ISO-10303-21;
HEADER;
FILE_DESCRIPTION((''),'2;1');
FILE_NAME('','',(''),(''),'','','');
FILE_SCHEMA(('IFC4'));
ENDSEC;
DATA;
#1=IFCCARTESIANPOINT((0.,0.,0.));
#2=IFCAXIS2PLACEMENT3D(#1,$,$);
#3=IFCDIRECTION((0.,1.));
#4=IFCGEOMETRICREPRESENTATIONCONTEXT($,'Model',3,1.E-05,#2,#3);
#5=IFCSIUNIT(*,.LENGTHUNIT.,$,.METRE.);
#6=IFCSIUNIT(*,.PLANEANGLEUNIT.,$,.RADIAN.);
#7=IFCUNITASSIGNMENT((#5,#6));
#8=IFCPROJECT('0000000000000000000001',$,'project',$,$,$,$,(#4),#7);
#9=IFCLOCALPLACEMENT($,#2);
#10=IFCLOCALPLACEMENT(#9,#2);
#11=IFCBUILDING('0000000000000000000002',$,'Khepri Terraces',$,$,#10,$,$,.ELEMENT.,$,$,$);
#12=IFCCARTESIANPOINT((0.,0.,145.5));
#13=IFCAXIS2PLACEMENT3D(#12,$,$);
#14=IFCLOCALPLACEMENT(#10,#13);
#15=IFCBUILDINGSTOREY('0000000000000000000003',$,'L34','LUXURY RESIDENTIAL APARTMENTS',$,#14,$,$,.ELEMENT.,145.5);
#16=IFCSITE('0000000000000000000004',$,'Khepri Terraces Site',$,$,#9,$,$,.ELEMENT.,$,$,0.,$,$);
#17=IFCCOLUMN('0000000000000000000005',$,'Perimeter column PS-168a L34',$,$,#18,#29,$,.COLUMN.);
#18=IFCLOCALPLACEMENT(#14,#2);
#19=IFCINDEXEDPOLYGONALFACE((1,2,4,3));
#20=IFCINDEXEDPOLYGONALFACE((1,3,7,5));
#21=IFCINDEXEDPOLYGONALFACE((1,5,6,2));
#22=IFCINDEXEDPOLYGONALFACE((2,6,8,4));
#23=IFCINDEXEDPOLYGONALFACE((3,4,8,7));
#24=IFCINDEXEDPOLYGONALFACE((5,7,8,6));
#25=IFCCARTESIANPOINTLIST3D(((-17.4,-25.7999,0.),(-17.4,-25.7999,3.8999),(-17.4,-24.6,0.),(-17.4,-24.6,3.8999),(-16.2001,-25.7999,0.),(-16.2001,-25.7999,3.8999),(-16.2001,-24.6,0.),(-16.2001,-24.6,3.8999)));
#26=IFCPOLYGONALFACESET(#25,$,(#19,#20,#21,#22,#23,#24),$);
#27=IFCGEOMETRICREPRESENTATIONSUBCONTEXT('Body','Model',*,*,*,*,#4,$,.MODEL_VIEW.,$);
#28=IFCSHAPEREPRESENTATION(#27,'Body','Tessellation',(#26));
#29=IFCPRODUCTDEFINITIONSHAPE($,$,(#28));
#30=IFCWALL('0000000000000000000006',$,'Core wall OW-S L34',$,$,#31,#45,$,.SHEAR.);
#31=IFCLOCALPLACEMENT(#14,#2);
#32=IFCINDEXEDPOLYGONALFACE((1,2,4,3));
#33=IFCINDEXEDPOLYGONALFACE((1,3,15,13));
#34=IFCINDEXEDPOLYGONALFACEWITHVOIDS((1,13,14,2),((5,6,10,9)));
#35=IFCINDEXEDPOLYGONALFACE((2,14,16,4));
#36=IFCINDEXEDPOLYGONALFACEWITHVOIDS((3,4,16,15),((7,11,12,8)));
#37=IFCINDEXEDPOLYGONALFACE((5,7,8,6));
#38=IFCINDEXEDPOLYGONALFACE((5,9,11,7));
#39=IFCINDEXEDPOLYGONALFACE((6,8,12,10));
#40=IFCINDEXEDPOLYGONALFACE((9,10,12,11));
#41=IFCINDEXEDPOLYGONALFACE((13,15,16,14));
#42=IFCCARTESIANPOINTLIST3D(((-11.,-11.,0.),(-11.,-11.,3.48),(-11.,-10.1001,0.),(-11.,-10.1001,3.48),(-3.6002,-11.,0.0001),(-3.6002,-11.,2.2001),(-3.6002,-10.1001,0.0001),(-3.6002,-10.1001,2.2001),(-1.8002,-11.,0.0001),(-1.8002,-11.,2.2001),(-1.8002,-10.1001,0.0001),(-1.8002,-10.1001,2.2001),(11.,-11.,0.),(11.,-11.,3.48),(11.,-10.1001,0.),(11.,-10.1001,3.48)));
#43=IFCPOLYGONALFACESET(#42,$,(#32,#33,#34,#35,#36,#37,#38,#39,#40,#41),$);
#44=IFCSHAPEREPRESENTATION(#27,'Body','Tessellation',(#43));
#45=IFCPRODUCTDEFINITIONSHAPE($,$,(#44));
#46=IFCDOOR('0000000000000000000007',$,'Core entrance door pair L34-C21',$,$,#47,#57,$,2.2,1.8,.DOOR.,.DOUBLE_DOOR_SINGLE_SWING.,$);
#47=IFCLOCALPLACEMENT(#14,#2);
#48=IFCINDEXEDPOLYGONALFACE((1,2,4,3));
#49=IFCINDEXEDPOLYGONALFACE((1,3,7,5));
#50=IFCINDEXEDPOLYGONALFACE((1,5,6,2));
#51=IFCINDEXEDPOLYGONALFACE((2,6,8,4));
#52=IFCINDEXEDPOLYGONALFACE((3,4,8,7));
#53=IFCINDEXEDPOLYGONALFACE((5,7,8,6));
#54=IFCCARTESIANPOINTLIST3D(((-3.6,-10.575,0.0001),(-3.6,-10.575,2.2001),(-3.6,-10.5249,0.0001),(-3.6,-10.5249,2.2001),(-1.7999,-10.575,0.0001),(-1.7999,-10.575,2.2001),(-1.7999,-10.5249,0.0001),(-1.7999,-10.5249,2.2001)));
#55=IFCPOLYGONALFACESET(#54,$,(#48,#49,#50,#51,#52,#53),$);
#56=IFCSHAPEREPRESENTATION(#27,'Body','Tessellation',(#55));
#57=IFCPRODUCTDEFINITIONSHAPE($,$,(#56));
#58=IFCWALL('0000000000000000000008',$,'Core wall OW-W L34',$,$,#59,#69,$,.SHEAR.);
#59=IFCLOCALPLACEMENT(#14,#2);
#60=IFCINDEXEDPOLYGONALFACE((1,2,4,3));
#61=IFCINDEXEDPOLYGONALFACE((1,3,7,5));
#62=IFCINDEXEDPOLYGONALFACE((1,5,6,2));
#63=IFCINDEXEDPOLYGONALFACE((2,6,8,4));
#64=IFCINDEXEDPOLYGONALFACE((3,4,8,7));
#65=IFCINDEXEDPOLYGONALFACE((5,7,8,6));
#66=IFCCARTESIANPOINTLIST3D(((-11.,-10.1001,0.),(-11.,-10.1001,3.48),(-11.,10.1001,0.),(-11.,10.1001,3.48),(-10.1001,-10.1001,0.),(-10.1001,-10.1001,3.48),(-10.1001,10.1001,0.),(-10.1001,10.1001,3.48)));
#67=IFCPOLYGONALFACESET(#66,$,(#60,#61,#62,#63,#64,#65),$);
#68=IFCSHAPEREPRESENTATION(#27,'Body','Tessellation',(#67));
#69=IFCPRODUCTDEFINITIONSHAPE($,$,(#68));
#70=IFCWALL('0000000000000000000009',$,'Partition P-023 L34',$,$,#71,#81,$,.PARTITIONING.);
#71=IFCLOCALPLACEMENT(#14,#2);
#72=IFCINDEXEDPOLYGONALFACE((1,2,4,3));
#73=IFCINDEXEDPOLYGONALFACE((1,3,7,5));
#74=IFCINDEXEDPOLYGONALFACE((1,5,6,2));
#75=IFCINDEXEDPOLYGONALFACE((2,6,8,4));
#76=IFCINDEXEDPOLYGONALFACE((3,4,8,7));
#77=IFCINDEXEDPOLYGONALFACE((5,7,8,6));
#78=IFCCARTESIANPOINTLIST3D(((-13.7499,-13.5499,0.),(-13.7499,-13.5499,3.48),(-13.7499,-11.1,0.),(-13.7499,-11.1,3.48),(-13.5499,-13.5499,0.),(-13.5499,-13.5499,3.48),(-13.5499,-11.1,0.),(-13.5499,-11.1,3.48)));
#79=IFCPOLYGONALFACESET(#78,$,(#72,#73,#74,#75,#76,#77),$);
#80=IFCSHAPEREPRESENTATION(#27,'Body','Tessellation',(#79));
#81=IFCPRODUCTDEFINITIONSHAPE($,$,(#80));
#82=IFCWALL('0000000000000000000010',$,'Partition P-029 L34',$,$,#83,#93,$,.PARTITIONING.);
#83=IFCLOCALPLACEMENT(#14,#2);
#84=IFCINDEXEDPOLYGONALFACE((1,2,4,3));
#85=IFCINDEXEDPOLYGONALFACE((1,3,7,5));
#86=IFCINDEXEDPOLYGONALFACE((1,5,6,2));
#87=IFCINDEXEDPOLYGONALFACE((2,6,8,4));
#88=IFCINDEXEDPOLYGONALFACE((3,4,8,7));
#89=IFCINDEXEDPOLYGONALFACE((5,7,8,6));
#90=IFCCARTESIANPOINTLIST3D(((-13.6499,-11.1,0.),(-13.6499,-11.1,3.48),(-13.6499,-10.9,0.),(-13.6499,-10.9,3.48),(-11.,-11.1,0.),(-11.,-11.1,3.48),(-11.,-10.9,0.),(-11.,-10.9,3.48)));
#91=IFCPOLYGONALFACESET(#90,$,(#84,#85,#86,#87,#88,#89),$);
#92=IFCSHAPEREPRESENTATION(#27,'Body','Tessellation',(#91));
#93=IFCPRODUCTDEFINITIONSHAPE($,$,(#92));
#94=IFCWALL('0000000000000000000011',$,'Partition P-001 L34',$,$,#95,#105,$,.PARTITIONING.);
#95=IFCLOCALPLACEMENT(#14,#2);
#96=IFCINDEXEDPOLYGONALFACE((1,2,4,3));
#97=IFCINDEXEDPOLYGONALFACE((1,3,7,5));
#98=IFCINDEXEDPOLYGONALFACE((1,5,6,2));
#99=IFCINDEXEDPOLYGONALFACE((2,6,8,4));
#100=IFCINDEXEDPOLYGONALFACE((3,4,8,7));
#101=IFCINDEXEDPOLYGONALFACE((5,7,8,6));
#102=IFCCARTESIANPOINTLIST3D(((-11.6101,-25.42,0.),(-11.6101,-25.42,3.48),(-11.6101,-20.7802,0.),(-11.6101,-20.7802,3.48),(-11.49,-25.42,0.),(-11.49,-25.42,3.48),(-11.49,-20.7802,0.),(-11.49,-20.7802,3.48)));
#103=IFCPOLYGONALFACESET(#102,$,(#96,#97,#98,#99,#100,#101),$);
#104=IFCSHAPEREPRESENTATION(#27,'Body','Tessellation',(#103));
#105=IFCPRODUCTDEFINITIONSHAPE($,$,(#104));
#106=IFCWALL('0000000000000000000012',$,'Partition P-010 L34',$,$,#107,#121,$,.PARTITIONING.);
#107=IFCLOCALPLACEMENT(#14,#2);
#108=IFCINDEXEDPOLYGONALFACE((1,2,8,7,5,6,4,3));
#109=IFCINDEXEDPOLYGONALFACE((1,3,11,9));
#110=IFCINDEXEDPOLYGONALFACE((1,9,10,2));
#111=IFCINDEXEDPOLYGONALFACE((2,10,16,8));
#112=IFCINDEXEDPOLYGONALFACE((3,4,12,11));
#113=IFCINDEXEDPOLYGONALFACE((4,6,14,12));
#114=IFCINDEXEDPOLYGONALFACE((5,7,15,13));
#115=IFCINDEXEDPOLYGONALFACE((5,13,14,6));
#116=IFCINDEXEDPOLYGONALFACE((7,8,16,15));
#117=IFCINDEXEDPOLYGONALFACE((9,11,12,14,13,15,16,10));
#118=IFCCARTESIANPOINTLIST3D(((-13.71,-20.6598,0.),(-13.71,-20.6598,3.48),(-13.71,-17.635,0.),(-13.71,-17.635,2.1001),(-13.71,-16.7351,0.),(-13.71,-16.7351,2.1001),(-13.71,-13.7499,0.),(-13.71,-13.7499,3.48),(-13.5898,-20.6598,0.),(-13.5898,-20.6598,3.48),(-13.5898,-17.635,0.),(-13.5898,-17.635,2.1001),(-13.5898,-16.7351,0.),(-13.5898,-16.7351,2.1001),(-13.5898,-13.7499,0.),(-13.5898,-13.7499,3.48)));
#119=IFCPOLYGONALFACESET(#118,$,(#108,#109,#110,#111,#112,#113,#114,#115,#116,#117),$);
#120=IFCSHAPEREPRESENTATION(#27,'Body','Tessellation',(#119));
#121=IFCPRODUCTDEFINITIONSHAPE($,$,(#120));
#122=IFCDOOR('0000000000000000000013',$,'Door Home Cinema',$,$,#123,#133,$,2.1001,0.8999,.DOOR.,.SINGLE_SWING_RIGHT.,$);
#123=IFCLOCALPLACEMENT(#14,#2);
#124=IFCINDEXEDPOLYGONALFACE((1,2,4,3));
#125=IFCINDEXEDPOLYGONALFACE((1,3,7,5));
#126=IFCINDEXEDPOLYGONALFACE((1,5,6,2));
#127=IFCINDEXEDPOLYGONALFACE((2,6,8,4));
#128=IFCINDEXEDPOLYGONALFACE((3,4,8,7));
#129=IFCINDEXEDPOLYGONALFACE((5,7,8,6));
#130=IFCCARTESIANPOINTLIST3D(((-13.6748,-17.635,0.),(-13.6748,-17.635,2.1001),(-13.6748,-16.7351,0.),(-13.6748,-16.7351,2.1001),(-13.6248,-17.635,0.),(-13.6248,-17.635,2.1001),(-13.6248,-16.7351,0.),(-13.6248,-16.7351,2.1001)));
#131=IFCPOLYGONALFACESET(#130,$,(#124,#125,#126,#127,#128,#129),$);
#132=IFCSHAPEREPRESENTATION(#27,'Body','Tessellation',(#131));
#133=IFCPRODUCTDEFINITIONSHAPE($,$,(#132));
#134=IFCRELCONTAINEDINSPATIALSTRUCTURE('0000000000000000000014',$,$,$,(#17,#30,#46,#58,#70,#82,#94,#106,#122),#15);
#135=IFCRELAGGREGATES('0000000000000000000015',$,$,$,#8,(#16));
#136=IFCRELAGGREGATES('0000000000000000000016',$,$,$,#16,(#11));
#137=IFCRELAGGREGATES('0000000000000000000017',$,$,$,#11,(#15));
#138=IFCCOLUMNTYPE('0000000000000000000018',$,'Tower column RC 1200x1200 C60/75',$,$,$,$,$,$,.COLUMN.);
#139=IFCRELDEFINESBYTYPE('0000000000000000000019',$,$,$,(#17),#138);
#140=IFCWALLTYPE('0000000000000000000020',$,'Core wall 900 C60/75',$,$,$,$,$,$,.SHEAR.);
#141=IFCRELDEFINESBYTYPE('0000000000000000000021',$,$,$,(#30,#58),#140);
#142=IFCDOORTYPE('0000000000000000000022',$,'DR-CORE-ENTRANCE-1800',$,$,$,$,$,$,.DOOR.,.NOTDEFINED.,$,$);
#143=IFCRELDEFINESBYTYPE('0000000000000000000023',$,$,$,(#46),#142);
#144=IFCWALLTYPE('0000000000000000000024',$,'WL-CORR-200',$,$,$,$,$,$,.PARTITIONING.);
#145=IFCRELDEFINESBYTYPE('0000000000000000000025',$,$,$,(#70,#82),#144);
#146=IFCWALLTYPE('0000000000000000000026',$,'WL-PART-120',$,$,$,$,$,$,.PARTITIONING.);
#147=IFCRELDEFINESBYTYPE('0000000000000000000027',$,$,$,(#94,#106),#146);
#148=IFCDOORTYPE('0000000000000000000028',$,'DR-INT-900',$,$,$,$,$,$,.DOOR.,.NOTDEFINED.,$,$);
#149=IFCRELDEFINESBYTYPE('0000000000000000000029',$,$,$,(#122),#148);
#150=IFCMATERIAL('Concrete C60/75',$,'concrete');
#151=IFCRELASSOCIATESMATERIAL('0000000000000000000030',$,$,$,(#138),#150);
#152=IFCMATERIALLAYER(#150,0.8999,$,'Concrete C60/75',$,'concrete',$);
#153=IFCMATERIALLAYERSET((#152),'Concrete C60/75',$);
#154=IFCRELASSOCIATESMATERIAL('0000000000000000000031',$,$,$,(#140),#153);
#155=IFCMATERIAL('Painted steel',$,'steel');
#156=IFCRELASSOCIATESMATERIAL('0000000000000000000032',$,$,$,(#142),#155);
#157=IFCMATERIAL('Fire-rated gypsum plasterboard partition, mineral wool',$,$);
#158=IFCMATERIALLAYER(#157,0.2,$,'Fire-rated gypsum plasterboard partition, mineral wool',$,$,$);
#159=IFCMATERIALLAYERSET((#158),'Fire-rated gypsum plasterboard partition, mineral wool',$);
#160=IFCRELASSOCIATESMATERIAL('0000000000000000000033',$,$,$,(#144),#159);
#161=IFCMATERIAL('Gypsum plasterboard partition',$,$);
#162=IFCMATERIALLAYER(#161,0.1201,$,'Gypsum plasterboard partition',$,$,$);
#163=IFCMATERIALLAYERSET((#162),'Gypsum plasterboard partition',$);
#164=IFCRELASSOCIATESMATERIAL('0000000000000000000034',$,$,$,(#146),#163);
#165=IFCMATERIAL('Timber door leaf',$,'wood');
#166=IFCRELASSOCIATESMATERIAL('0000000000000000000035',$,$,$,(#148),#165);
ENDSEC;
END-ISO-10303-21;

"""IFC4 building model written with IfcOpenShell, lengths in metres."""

from ifc_helpers import new_model, si_unit, direction, frame, frame_2d, origin, origin_2d, place, context, subcontext, project, spatial, rectangle, extrude, material, layer, layer_set, material_profile, profile_set, type_object, element, fill, save


model = new_model("IFC4")

# Units and contexts
model_context = context("Model", 3, precision=1e-05, world=origin(), true_north=direction((0.0, 1.0)))
body_context = subcontext(model_context, "Body", "Model", "MODEL_VIEW")
ifc_project = project(units=[si_unit("LENGTHUNIT", "METRE"), si_unit("PLANEANGLEUNIT", "RADIAN")], contexts=[model_context])

# Site, building, storey
site_placement = place(None, origin())
site = spatial("IfcSite", under=ifc_project, at=site_placement, Name="Khepri Terraces Site", CompositionType="ELEMENT", RefElevation=0.0)
building_placement = place(site_placement, origin())
building = spatial("IfcBuilding", under=site, at=building_placement, Name="Khepri Terraces", CompositionType="ELEMENT")
storey_placement = place(building_placement, frame((0.0, 0.0, 145.5)))
storey = spatial("IfcBuildingStorey", under=building, at=storey_placement, Name="L34", Description="LUXURY RESIDENTIAL APARTMENTS", CompositionType="ELEMENT", Elevation=145.5)

# Column
ifc_material_1 = material(Name="Concrete C60/75", Category="concrete")
ifc_material_profile = material_profile(ifc_material_1, rectangle(XDim=1.2, YDim=1.2, at=origin_2d()), Name="Concrete C60/75", Category="concrete")
ifc_profile_set = profile_set([ifc_material_profile], Name="Concrete C60/75")
column_type = type_object("IfcColumnType", Name="Tower column RC 1200x1200 C60/75", PredefinedType="COLUMN", material=ifc_profile_set)
column_placement = place(storey_placement, frame((-16.8, -25.2, 0.0), z_axis=(0.0, 0.0, 1.0), x_axis=(1.0, 0.0, 0.0)))
element("IfcColumn", 1, at=column_placement, inside=storey, type_object=column_type, Name="Perimeter column PS-168a L34", PredefinedType="COLUMN", context=body_context, shape_type="SweptSolid", body=[
    extrude(rectangle(XDim=1.2, YDim=1.2, at=origin_2d()), origin(), (0.0, 0.0, 1.0), 3.8999),
])

# Wall, opening, door
ifc_layer_1 = layer(ifc_material_1, 0.8999, Name="Concrete C60/75", Category="concrete")
ifc_layer_set_1 = layer_set([ifc_layer_1], Name="Concrete C60/75")
wall_type_1 = type_object("IfcWallType", Name="Core wall 900 C60/75", PredefinedType="SHEAR", material=ifc_layer_set_1)
wall_1_placement = place(storey_placement, frame((-11.0, -10.55, 0.0), z_axis=(0.0, 0.0, 1.0), x_axis=(1.0, 0.0, 0.0)))
wall_1 = element("IfcWall", 2, at=wall_1_placement, inside=storey, type_object=wall_type_1, Name="Core wall OW-S L34", PredefinedType="SHEAR", context=body_context, shape_type="SweptSolid", body=[
    extrude(rectangle(XDim=22.0, YDim=0.8999, at=frame_2d((11.0, 0.0))), origin(), (0.0, 0.0, 1.0), 3.48),
])
opening_1_placement = place(wall_1_placement, frame((7.3999, 0.0, 0.0)))
opening_1 = element("IfcOpeningElement", 3, at=opening_1_placement, cuts=wall_1, PredefinedType="OPENING", context=body_context, shape_type="SweptSolid", body=[
    extrude(rectangle(XDim=1.8, YDim=2.2, at=frame_2d((0.8999, 1.1001))), frame((0.0, 0.46, 0.0), z_axis=(0.0, -1.0, 0.0), x_axis=(1.0, 0.0, 0.0)), (0.0, 0.0, 1.0), 0.9199),
])
ifc_material_2 = material(Name="Painted steel", Category="steel")
door_type_1 = type_object("IfcDoorType", Name="DR-CORE-ENTRANCE-1800", OperationType="NOTDEFINED", PredefinedType="DOOR", material=ifc_material_2)
door_1_placement = place(opening_1_placement, frame((1.8, 0.0, 0.0), z_axis=(0.0, 0.0, 1.0), x_axis=(-1.0, 0.0, 0.0)))
door_1 = element("IfcDoor", 4, at=door_1_placement, inside=storey, type_object=door_type_1, Name="Core entrance door pair L34-C21", OperationType="DOUBLE_DOOR_SINGLE_SWING", OverallHeight=2.2, OverallWidth=1.8, PredefinedType="DOOR", context=body_context, shape_type="SweptSolid", body=[
    extrude(rectangle(XDim=1.8, YDim=2.2, at=frame_2d((0.8999, 1.1001))), frame((0.0, 0.0249, 0.0), z_axis=(0.0, -1.0, 0.0), x_axis=(1.0, 0.0, 0.0)), (0.0, 0.0, 1.0), 0.05),
])
fill(opening_1, door_1)

# Walls
wall_2_placement = place(storey_placement, frame((-10.55, -10.1001, 0.0), z_axis=(0.0, 0.0, 1.0), x_axis=(0.0, 1.0, 0.0)))
element("IfcWall", 5, at=wall_2_placement, inside=storey, type_object=wall_type_1, Name="Core wall OW-W L34", PredefinedType="SHEAR", context=body_context, shape_type="SweptSolid", body=[
    extrude(rectangle(XDim=20.2002, YDim=0.8999, at=frame_2d((10.1001, 0.0))), origin(), (0.0, 0.0, 1.0), 3.48),
])
ifc_material_3 = material(Name="Fire-rated gypsum plasterboard partition, mineral wool")
ifc_layer_2 = layer(ifc_material_3, 0.2, Name="Fire-rated gypsum plasterboard partition, mineral wool")
ifc_layer_set_2 = layer_set([ifc_layer_2], Name="Fire-rated gypsum plasterboard partition, mineral wool")
wall_type_2 = type_object("IfcWallType", Name="WL-CORR-200", PredefinedType="PARTITIONING", material=ifc_layer_set_2)
wall_3_placement = place(storey_placement, frame((-13.6499, -13.55, 0.0), z_axis=(0.0, 0.0, 1.0), x_axis=(0.0, 1.0, 0.0)))
element("IfcWall", 6, at=wall_3_placement, inside=storey, type_object=wall_type_2, Name="Partition P-023 L34", PredefinedType="PARTITIONING", context=body_context, shape_type="SweptSolid", body=[
    extrude(rectangle(XDim=2.45, YDim=0.2, at=frame_2d((1.2251, 0.0))), origin(), (0.0, 0.0, 1.0), 3.48),
])
wall_4_placement = place(storey_placement, frame((-13.6499, -11.0, 0.0), z_axis=(0.0, 0.0, 1.0), x_axis=(1.0, 0.0, 0.0)))
element("IfcWall", 7, at=wall_4_placement, inside=storey, type_object=wall_type_2, Name="Partition P-029 L34", PredefinedType="PARTITIONING", context=body_context, shape_type="SweptSolid", body=[
    extrude(rectangle(XDim=2.6499, YDim=0.2, at=frame_2d((1.325, 0.0))), origin(), (0.0, 0.0, 1.0), 3.48),
])

# Wall
ifc_material_4 = material(Name="Gypsum plasterboard partition")
ifc_layer_3 = layer(ifc_material_4, 0.1201, Name="Gypsum plasterboard partition")
ifc_layer_set_3 = layer_set([ifc_layer_3], Name="Gypsum plasterboard partition")
wall_type_3 = type_object("IfcWallType", Name="WL-PART-120", PredefinedType="PARTITIONING", material=ifc_layer_set_3)
wall_5_placement = place(storey_placement, frame((-11.55, -25.4199, 0.0), z_axis=(0.0, 0.0, 1.0), x_axis=(0.0, 1.0, 0.0)))
element("IfcWall", 8, at=wall_5_placement, inside=storey, type_object=wall_type_3, Name="Partition P-001 L34", PredefinedType="PARTITIONING", context=body_context, shape_type="SweptSolid", body=[
    extrude(rectangle(XDim=4.6399, YDim=0.1201, at=frame_2d((2.3198, 0.0))), origin(), (0.0, 0.0, 1.0), 3.48),
])

# Wall, opening, door
wall_6_placement = place(storey_placement, frame((-13.6499, -20.6599, 0.0), z_axis=(0.0, 0.0, 1.0), x_axis=(0.0, 1.0, 0.0)))
wall_6 = element("IfcWall", 9, at=wall_6_placement, inside=storey, type_object=wall_type_3, Name="Partition P-010 L34", PredefinedType="PARTITIONING", context=body_context, shape_type="SweptSolid", body=[
    extrude(rectangle(XDim=6.9099, YDim=0.1201, at=frame_2d((3.4551, 0.0))), origin(), (0.0, 0.0, 1.0), 3.48),
])
opening_2_placement = place(wall_6_placement, frame((3.0249, 0.0, 0.0)))
opening_2 = element("IfcOpeningElement", 10, at=opening_2_placement, cuts=wall_6, PredefinedType="OPENING", context=body_context, shape_type="SweptSolid", body=[
    extrude(rectangle(XDim=0.8999, YDim=2.1001, at=frame_2d((0.45, 1.05))), frame((0.0, 0.0701, 0.0), z_axis=(0.0, -1.0, 0.0), x_axis=(1.0, 0.0, 0.0)), (0.0, 0.0, 1.0), 0.1401),
])
ifc_material_5 = material(Name="Timber door leaf", Category="wood")
door_type_2 = type_object("IfcDoorType", Name="DR-INT-900", OperationType="NOTDEFINED", PredefinedType="DOOR", material=ifc_material_5)
door_2_placement = place(opening_2_placement, origin())
door_2 = element("IfcDoor", 11, at=door_2_placement, inside=storey, type_object=door_type_2, Name="Door Home Cinema", OperationType="SINGLE_SWING_RIGHT", OverallHeight=2.1001, OverallWidth=0.8999, PredefinedType="DOOR", context=body_context, shape_type="SweptSolid", body=[
    extrude(rectangle(XDim=0.8999, YDim=2.1001, at=frame_2d((0.45, 1.05))), frame((0.0, 0.0249, 0.0), z_axis=(0.0, -1.0, 0.0), x_axis=(1.0, 0.0, 0.0)), (0.0, 0.0, 1.0), 0.05),
])
fill(opening_2, door_2)

save(model, "model.ifc")
